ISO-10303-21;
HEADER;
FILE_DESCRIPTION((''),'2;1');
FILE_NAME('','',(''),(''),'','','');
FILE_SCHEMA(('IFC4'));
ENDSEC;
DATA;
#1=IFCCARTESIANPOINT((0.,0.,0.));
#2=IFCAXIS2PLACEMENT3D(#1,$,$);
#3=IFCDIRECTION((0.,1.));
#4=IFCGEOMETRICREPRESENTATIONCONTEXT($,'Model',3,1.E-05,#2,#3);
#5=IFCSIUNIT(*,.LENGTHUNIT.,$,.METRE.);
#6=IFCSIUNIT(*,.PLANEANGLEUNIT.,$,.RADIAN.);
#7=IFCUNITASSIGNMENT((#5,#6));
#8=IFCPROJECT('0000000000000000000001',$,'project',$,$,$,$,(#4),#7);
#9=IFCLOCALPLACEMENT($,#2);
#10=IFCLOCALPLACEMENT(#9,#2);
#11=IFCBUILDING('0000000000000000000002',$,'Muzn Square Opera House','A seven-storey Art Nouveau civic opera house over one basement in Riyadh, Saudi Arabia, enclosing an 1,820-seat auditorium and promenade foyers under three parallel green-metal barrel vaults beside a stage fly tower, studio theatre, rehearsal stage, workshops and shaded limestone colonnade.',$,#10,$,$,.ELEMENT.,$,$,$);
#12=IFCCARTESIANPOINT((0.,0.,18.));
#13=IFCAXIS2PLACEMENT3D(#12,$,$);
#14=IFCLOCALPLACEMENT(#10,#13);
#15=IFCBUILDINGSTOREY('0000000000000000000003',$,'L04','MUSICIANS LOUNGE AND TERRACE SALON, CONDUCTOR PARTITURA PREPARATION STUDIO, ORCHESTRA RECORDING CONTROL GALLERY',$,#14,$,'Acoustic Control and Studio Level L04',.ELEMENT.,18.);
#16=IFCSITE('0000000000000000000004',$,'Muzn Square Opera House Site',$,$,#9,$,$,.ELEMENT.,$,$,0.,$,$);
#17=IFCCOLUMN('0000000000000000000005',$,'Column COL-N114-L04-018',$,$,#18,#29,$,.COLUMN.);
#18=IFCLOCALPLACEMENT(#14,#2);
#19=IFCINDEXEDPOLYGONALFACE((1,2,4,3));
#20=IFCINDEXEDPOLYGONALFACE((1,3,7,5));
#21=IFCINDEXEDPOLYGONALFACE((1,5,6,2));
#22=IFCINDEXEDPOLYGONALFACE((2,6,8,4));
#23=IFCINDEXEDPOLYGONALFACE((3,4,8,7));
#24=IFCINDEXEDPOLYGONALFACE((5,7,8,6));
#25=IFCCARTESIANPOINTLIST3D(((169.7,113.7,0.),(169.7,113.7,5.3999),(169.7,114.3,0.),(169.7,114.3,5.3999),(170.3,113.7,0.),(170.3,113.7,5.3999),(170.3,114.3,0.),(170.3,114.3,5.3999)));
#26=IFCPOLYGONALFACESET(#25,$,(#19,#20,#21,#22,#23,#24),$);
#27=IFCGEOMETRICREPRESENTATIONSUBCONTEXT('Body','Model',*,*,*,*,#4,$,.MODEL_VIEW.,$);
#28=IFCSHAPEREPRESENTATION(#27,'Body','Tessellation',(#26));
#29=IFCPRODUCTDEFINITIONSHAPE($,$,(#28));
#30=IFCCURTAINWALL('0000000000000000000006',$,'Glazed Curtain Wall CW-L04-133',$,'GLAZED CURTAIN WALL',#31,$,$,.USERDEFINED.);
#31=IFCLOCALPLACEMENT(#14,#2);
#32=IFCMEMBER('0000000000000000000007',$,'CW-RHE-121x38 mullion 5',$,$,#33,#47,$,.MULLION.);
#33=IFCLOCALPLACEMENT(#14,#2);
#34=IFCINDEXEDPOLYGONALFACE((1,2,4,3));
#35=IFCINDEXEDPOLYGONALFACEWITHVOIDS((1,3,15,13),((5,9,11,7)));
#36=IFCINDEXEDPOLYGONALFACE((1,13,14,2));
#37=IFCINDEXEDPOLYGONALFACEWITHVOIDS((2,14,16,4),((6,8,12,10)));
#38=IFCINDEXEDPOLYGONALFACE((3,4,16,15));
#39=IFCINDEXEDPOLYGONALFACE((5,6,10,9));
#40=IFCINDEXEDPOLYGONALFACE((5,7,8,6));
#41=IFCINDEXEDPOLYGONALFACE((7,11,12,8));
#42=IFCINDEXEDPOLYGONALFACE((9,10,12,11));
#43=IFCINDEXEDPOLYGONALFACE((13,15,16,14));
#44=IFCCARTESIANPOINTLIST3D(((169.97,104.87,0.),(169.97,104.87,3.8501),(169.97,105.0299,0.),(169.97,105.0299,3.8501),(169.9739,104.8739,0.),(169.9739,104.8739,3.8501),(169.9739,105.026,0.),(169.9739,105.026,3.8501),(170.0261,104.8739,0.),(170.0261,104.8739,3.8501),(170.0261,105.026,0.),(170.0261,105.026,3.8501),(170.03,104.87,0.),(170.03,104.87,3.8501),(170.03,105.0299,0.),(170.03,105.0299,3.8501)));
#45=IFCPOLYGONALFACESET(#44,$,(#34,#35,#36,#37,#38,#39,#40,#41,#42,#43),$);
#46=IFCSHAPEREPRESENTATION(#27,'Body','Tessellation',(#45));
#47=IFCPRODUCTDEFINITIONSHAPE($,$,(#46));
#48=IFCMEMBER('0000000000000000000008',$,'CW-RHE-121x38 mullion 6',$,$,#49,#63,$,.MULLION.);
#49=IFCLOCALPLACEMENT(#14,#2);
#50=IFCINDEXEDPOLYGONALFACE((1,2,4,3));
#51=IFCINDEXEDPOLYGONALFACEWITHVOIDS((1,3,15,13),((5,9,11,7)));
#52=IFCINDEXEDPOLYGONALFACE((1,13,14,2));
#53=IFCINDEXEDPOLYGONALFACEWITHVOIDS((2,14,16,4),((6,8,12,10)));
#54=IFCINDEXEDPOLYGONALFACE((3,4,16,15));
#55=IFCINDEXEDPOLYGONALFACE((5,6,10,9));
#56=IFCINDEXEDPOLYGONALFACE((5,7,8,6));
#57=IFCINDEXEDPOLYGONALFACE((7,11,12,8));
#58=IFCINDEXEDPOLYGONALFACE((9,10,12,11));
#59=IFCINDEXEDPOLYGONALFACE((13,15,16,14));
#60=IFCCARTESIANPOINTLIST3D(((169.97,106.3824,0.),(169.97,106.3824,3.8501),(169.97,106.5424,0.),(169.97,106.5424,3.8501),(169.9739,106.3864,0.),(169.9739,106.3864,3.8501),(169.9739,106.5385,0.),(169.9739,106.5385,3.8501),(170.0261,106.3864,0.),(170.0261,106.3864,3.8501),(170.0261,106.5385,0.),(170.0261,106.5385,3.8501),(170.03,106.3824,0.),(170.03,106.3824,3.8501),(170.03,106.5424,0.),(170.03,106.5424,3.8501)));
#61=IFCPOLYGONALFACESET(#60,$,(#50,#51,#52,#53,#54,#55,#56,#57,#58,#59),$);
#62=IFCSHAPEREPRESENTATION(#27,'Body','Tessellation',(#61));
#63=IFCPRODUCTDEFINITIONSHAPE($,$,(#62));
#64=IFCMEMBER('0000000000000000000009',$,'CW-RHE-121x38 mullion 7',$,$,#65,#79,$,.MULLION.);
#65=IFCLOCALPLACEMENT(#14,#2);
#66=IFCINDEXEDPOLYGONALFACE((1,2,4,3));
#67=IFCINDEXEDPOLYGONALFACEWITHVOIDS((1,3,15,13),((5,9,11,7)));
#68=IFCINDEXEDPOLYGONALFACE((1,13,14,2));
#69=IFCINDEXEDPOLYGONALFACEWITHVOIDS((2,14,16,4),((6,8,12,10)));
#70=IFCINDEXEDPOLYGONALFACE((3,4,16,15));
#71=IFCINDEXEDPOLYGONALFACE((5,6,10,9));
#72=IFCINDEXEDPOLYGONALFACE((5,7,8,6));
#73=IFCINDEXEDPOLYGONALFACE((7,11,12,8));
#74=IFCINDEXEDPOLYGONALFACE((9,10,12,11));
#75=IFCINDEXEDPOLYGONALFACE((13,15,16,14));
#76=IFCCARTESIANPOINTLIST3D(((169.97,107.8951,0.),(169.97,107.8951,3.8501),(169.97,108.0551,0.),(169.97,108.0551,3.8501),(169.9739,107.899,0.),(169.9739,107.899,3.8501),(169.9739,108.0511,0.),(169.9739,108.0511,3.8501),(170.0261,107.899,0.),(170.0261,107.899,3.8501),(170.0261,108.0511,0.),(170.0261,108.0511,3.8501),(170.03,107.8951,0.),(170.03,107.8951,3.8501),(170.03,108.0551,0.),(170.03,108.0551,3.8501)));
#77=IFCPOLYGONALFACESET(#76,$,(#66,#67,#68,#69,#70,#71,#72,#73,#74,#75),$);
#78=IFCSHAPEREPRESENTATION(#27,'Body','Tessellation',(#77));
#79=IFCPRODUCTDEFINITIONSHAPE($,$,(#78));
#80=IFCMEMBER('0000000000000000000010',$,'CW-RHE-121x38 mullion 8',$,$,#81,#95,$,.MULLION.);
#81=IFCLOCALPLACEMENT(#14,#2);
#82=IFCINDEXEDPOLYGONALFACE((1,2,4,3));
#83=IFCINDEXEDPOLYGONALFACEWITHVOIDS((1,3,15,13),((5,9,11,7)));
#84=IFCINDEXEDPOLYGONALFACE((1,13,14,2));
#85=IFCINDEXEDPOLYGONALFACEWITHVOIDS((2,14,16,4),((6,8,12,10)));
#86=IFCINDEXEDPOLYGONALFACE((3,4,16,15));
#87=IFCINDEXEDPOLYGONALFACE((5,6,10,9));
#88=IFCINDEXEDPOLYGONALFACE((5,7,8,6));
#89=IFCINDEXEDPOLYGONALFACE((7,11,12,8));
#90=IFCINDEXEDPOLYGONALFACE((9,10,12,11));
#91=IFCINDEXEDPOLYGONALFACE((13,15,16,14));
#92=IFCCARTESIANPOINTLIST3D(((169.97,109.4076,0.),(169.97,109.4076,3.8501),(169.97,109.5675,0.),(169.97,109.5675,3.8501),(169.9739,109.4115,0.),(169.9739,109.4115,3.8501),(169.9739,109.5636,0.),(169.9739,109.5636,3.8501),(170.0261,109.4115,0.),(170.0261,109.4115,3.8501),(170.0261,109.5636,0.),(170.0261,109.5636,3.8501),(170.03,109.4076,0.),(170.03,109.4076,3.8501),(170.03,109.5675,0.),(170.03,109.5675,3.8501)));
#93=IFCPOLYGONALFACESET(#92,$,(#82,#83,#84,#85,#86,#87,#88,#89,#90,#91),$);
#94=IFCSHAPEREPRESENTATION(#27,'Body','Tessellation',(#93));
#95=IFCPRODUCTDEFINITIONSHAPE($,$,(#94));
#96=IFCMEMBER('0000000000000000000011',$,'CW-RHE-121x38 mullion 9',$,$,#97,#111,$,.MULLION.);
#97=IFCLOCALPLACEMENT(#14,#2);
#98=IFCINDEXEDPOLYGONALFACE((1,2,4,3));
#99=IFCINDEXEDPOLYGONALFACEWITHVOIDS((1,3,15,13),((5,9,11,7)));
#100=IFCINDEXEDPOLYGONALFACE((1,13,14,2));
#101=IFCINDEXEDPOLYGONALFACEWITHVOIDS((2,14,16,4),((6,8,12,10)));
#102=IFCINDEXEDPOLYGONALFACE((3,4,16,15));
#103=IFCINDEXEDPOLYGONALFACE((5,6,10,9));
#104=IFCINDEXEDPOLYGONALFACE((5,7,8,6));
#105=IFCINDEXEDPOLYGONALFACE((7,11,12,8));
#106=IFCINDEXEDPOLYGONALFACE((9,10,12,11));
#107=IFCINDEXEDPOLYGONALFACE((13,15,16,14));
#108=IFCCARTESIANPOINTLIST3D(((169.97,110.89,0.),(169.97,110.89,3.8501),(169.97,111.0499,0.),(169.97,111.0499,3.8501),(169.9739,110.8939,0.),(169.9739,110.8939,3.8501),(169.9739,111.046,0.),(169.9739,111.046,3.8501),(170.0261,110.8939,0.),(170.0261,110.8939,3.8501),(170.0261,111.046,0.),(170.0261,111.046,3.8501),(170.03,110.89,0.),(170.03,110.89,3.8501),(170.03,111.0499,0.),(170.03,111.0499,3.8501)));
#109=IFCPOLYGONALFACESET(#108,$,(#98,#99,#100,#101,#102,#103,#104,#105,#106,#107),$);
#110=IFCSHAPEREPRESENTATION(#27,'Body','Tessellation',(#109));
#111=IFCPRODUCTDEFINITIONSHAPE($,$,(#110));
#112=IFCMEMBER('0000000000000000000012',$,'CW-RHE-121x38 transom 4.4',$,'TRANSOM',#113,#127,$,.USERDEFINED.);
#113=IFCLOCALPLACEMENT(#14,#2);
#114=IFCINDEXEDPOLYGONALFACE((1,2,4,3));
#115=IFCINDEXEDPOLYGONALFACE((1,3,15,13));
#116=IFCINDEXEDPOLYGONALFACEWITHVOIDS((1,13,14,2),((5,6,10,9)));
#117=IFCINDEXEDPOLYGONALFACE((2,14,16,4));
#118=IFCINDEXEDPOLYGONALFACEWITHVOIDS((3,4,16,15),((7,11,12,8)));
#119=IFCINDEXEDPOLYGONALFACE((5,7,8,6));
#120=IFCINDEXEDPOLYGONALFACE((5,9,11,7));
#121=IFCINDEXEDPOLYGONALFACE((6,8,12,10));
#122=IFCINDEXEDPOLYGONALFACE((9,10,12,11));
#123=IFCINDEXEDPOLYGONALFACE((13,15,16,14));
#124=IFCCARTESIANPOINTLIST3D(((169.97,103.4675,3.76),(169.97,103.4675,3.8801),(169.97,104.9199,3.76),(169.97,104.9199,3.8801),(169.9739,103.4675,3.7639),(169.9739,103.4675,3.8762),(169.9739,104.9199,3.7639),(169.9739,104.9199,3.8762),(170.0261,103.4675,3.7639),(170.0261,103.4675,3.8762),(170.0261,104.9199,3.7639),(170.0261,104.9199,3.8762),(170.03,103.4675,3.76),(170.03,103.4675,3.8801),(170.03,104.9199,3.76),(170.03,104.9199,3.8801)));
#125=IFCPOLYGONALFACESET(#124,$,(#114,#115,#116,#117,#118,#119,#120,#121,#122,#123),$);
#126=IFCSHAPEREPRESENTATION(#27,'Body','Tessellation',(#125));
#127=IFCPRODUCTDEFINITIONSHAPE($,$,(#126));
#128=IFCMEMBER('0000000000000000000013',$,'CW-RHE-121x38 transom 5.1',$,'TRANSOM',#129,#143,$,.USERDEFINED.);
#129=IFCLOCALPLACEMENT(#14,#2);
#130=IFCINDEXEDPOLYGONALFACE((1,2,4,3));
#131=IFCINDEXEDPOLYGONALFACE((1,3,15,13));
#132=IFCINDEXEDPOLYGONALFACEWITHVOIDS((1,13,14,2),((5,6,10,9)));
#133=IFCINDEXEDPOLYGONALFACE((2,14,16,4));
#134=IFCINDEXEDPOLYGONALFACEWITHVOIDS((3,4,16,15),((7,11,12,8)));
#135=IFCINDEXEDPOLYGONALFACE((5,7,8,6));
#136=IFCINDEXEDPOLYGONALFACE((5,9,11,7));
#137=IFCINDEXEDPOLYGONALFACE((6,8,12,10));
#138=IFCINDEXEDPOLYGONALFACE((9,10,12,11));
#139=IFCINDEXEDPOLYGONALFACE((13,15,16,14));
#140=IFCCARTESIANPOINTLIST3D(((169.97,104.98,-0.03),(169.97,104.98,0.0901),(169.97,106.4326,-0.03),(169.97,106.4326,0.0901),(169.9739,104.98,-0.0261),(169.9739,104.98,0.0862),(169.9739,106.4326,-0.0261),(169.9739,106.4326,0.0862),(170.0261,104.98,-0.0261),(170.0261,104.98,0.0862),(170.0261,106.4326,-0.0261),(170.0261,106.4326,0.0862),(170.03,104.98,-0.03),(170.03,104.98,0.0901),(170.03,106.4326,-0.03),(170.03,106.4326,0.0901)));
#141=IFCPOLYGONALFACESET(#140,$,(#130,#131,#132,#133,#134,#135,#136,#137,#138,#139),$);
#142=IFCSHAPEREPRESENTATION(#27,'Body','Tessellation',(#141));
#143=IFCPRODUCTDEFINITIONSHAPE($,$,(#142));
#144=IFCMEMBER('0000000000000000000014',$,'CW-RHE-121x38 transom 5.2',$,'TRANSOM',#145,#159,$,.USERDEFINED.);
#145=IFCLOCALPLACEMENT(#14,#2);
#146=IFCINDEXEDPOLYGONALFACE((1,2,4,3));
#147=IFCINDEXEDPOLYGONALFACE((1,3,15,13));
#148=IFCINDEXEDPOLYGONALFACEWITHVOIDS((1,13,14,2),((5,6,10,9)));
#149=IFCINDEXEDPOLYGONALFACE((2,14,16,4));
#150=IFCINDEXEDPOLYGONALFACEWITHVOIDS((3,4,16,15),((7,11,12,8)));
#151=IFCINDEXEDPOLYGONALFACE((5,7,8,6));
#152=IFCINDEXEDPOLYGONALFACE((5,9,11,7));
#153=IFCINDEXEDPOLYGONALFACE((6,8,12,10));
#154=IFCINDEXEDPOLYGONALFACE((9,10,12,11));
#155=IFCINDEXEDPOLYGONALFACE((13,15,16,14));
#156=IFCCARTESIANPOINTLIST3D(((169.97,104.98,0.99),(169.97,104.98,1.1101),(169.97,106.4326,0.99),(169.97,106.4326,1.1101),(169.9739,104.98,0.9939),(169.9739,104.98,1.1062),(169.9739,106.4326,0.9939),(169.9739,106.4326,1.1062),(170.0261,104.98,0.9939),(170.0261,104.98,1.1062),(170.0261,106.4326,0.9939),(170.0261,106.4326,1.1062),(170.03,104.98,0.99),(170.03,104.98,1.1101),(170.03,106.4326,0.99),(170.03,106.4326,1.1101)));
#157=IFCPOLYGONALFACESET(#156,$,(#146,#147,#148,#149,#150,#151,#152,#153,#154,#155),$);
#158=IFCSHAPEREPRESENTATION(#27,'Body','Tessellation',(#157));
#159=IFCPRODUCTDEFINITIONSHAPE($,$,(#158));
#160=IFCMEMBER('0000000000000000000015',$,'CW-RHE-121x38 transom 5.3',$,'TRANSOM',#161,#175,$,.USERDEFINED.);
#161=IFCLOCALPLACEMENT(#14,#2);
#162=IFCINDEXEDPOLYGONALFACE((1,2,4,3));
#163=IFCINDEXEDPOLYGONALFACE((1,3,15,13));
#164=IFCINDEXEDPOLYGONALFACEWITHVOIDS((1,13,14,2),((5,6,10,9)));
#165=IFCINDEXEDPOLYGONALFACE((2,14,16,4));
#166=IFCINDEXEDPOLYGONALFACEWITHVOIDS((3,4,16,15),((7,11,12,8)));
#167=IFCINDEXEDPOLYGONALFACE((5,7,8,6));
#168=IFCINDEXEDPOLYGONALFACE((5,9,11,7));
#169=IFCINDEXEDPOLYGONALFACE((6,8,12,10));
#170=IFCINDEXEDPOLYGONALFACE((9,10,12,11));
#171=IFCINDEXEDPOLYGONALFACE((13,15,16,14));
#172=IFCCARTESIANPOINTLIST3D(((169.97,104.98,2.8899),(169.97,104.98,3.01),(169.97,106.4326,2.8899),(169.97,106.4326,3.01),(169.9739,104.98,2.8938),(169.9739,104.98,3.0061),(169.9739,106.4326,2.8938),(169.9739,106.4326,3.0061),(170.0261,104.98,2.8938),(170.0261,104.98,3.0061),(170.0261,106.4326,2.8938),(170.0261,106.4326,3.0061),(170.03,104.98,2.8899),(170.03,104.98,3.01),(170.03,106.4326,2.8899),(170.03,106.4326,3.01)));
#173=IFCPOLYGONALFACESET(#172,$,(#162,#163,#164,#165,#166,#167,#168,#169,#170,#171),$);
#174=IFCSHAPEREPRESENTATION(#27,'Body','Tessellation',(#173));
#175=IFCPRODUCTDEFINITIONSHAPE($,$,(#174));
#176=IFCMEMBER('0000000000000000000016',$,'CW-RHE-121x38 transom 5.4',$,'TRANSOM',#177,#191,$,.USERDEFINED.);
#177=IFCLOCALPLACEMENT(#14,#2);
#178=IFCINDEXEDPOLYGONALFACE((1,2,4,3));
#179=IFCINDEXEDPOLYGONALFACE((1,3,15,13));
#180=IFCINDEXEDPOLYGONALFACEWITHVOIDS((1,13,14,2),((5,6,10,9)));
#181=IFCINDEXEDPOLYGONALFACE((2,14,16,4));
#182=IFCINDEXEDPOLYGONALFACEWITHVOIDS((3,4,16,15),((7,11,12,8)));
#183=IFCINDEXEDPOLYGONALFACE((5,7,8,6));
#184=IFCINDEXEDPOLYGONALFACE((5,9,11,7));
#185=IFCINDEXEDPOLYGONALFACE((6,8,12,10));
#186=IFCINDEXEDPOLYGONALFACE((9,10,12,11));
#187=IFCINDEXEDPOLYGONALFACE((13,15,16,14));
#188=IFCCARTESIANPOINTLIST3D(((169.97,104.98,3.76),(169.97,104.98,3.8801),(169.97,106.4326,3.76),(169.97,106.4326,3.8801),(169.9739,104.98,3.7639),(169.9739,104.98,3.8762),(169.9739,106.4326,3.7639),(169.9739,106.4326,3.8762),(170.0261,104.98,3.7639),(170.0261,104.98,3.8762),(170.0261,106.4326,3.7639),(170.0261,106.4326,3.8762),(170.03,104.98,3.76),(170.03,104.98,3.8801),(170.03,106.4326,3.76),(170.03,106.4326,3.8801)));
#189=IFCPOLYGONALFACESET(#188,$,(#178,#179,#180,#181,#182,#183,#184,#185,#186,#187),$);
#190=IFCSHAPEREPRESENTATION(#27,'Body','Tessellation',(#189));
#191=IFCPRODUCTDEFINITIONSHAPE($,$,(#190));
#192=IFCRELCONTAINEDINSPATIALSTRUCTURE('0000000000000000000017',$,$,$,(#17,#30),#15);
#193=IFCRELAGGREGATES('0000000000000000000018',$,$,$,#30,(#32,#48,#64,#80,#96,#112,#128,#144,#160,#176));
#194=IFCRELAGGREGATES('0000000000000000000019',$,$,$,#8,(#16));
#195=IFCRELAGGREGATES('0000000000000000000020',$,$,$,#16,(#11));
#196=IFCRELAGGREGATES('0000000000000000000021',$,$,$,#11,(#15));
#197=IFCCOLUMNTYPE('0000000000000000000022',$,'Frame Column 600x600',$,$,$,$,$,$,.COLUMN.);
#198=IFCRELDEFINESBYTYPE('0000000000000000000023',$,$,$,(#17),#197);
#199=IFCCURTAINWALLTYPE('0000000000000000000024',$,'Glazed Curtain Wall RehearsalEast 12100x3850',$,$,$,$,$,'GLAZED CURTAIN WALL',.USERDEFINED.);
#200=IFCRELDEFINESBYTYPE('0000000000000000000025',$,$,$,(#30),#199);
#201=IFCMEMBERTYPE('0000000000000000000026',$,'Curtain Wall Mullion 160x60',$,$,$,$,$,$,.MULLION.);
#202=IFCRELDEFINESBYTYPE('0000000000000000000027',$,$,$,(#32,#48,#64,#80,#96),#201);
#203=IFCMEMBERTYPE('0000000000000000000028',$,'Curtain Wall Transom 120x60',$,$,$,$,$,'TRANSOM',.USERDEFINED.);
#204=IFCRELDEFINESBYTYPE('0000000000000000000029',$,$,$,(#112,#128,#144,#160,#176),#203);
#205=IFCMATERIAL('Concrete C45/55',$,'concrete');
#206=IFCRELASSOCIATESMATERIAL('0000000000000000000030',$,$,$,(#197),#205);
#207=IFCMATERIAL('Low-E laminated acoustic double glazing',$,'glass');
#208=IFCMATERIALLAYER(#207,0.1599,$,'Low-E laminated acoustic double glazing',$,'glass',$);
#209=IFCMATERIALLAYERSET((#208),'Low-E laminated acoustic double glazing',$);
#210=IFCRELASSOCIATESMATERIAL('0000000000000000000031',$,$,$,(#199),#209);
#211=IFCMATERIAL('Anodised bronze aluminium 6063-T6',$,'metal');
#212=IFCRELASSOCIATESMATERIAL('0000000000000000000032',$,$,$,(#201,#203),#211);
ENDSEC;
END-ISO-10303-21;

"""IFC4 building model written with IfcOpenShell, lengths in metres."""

from ifc_helpers import new_model, si_unit, direction, frame, origin, origin_2d, place, context, subcontext, project, spatial, rectangle, hollow_rectangle, extrude, material, layer, layer_set, material_profile, profile_set, type_object, element, aggregate, save


model = new_model("IFC4")

# Units and contexts
model_context = context("Model", 3, precision=1e-05, world=origin(), true_north=direction((0.0, 1.0)))
body_context = subcontext(model_context, "Body", "Model", "MODEL_VIEW")
ifc_project = project(units=[si_unit("LENGTHUNIT", "METRE"), si_unit("PLANEANGLEUNIT", "RADIAN")], contexts=[model_context])

# Site, building, storey
site_placement = place(None, origin())
site = spatial("IfcSite", under=ifc_project, at=site_placement, Name="Muzn Square Opera House Site", CompositionType="ELEMENT", RefElevation=0.0)
building_placement = place(site_placement, origin())
building = spatial("IfcBuilding", under=site, at=building_placement, Name="Muzn Square Opera House", Description="A seven-storey Art Nouveau civic opera house over one basement in Riyadh, Saudi Arabia, enclosing an 1,820-seat auditorium and promenade foyers under three parallel green-metal barrel vaults beside a stage fly tower, studio theatre, rehearsal stage, workshops and shaded limestone colonnade.", CompositionType="ELEMENT")
storey_placement = place(building_placement, frame((0.0, 0.0, 18.0)))
storey = spatial("IfcBuildingStorey", under=building, at=storey_placement, Name="L04", Description="MUSICIANS LOUNGE AND TERRACE SALON, CONDUCTOR PARTITURA PREPARATION STUDIO, ORCHESTRA RECORDING CONTROL GALLERY", LongName="Acoustic Control and Studio Level L04", CompositionType="ELEMENT", Elevation=18.0)

# Column
ifc_material_1 = material(Name="Concrete C45/55", Category="concrete")
ifc_material_profile_1 = material_profile(ifc_material_1, rectangle(XDim=0.6001, YDim=0.6001, at=origin_2d()), Name="RC 600x600", Category="concrete")
ifc_profile_set_1 = profile_set([ifc_material_profile_1], Name="Concrete C45/55")
column_type = type_object("IfcColumnType", Name="Frame Column 600x600", PredefinedType="COLUMN", material=ifc_profile_set_1)
column_placement = place(storey_placement, frame((170.0, 114.0, 0.0), z_axis=(0.0, 0.0, 1.0), x_axis=(1.0, 0.0, 0.0)))
element("IfcColumn", 1, at=column_placement, inside=storey, type_object=column_type, Name="Column COL-N114-L04-018", PredefinedType="COLUMN", context=body_context, shape_type="SweptSolid", body=[
    extrude(rectangle(XDim=0.6001, YDim=0.6001, at=origin_2d()), origin(), (0.0, 0.0, 1.0), 5.3999),
])

# Curtain wall, members
ifc_material_2 = material(Name="Low-E laminated acoustic double glazing", Category="glass")
ifc_layer_1 = layer(ifc_material_2, 0.1599, Name="Low-E laminated acoustic double glazing", Category="glass")
ifc_layer_set_1 = layer_set([ifc_layer_1], Name="Low-E laminated acoustic double glazing")
curtain_wall_type = type_object("IfcCurtainWallType", Name="Glazed Curtain Wall RehearsalEast 12100x3850", ElementType="GLAZED CURTAIN WALL", PredefinedType="USERDEFINED", material=ifc_layer_set_1)
curtain_wall_placement = place(storey_placement, origin())
curtain_wall = element("IfcCurtainWall", 2, at=curtain_wall_placement, inside=storey, type_object=curtain_wall_type, Name="Glazed Curtain Wall CW-L04-133", ObjectType="GLAZED CURTAIN WALL", PredefinedType="USERDEFINED")
ifc_material_3 = material(Name="Anodised bronze aluminium 6063-T6", Category="metal")
ifc_material_profile_2 = material_profile(ifc_material_3, hollow_rectangle(XDim=0.0601, YDim=0.1599, WallThickness=0.0039, at=origin_2d()), Name="ALU 160x60x4", Category="metal")
ifc_profile_set_2 = profile_set([ifc_material_profile_2], Name="Anodised bronze aluminium 6063-T6")
member_type_1 = type_object("IfcMemberType", Name="Curtain Wall Mullion 160x60", PredefinedType="MULLION", material=ifc_profile_set_2)
member_1_placement = place(storey_placement, frame((170.0, 104.95, 0.0), z_axis=(0.0, 0.0, 1.0), x_axis=(-1.0, 0.0, 0.0)))
member_1 = element("IfcMember", 3, at=member_1_placement, type_object=member_type_1, Name="CW-RHE-121x38 mullion 5", PredefinedType="MULLION", context=body_context, shape_type="SweptSolid", body=[
    extrude(hollow_rectangle(XDim=0.0601, YDim=0.1599, WallThickness=0.0039, at=origin_2d()), origin(), (0.0, 0.0, 1.0), 3.8501),
])
member_2_placement = place(storey_placement, frame((170.0, 106.4624, 0.0), z_axis=(0.0, 0.0, 1.0), x_axis=(-1.0, 0.0, 0.0)))
member_2 = element("IfcMember", 4, at=member_2_placement, type_object=member_type_1, Name="CW-RHE-121x38 mullion 6", PredefinedType="MULLION", context=body_context, shape_type="SweptSolid", body=[
    extrude(hollow_rectangle(XDim=0.0601, YDim=0.1599, WallThickness=0.0039, at=origin_2d()), origin(), (0.0, 0.0, 1.0), 3.8501),
])
member_3_placement = place(storey_placement, frame((170.0, 107.9751, 0.0), z_axis=(0.0, 0.0, 1.0), x_axis=(-1.0, 0.0, 0.0)))
member_3 = element("IfcMember", 5, at=member_3_placement, type_object=member_type_1, Name="CW-RHE-121x38 mullion 7", PredefinedType="MULLION", context=body_context, shape_type="SweptSolid", body=[
    extrude(hollow_rectangle(XDim=0.0601, YDim=0.1599, WallThickness=0.0039, at=origin_2d()), origin(), (0.0, 0.0, 1.0), 3.8501),
])
member_4_placement = place(storey_placement, frame((170.0, 109.4875, 0.0), z_axis=(0.0, 0.0, 1.0), x_axis=(-1.0, 0.0, 0.0)))
member_4 = element("IfcMember", 6, at=member_4_placement, type_object=member_type_1, Name="CW-RHE-121x38 mullion 8", PredefinedType="MULLION", context=body_context, shape_type="SweptSolid", body=[
    extrude(hollow_rectangle(XDim=0.0601, YDim=0.1599, WallThickness=0.0039, at=origin_2d()), origin(), (0.0, 0.0, 1.0), 3.8501),
])
member_5_placement = place(storey_placement, frame((170.0, 110.97, 0.0), z_axis=(0.0, 0.0, 1.0), x_axis=(-1.0, 0.0, 0.0)))
member_5 = element("IfcMember", 7, at=member_5_placement, type_object=member_type_1, Name="CW-RHE-121x38 mullion 9", PredefinedType="MULLION", context=body_context, shape_type="SweptSolid", body=[
    extrude(hollow_rectangle(XDim=0.0601, YDim=0.1599, WallThickness=0.0039, at=origin_2d()), origin(), (0.0, 0.0, 1.0), 3.8501),
])
ifc_material_profile_3 = material_profile(ifc_material_3, hollow_rectangle(XDim=0.0601, YDim=0.1201, WallThickness=0.0039, at=origin_2d()), Name="ALU 120x60x4", Category="metal")
ifc_profile_set_3 = profile_set([ifc_material_profile_3], Name="Anodised bronze aluminium 6063-T6")
member_type_2 = type_object("IfcMemberType", Name="Curtain Wall Transom 120x60", ElementType="TRANSOM", PredefinedType="USERDEFINED", material=ifc_profile_set_3)
member_6_placement = place(storey_placement, frame((170.0, 103.4675, 3.8201), z_axis=(0.0, 1.0, 0.0), x_axis=(-1.0, 0.0, 0.0)))
member_6 = element("IfcMember", 8, at=member_6_placement, type_object=member_type_2, Name="CW-RHE-121x38 transom 4.4", ObjectType="TRANSOM", PredefinedType="USERDEFINED", context=body_context, shape_type="SweptSolid", body=[
    extrude(hollow_rectangle(XDim=0.0601, YDim=0.1201, WallThickness=0.0039, at=origin_2d()), origin(), (0.0, 0.0, 1.0), 1.4524),
])
member_7_placement = place(storey_placement, frame((170.0, 104.98, 0.03), z_axis=(0.0, 1.0, 0.0), x_axis=(-1.0, 0.0, 0.0)))
member_7 = element("IfcMember", 9, at=member_7_placement, type_object=member_type_2, Name="CW-RHE-121x38 transom 5.1", ObjectType="TRANSOM", PredefinedType="USERDEFINED", context=body_context, shape_type="SweptSolid", body=[
    extrude(hollow_rectangle(XDim=0.0601, YDim=0.1201, WallThickness=0.0039, at=origin_2d()), origin(), (0.0, 0.0, 1.0), 1.4526),
])
member_8_placement = place(storey_placement, frame((170.0, 104.98, 1.05), z_axis=(0.0, 1.0, 0.0), x_axis=(-1.0, 0.0, 0.0)))
member_8 = element("IfcMember", 10, at=member_8_placement, type_object=member_type_2, Name="CW-RHE-121x38 transom 5.2", ObjectType="TRANSOM", PredefinedType="USERDEFINED", context=body_context, shape_type="SweptSolid", body=[
    extrude(hollow_rectangle(XDim=0.0601, YDim=0.1201, WallThickness=0.0039, at=origin_2d()), origin(), (0.0, 0.0, 1.0), 1.4526),
])
member_9_placement = place(storey_placement, frame((170.0, 104.98, 2.95), z_axis=(0.0, 1.0, 0.0), x_axis=(-1.0, 0.0, 0.0)))
member_9 = element("IfcMember", 11, at=member_9_placement, type_object=member_type_2, Name="CW-RHE-121x38 transom 5.3", ObjectType="TRANSOM", PredefinedType="USERDEFINED", context=body_context, shape_type="SweptSolid", body=[
    extrude(hollow_rectangle(XDim=0.0601, YDim=0.1201, WallThickness=0.0039, at=origin_2d()), origin(), (0.0, 0.0, 1.0), 1.4526),
])
member_10_placement = place(storey_placement, frame((170.0, 104.98, 3.8201), z_axis=(0.0, 1.0, 0.0), x_axis=(-1.0, 0.0, 0.0)))
member_10 = element("IfcMember", 12, at=member_10_placement, type_object=member_type_2, Name="CW-RHE-121x38 transom 5.4", ObjectType="TRANSOM", PredefinedType="USERDEFINED", context=body_context, shape_type="SweptSolid", body=[
    extrude(hollow_rectangle(XDim=0.0601, YDim=0.1201, WallThickness=0.0039, at=origin_2d()), origin(), (0.0, 0.0, 1.0), 1.4526),
])
aggregate(curtain_wall, [member_1, member_2, member_3, member_4, member_5, member_6, member_7, member_8, member_9, member_10])

save(model, "model.ifc")
